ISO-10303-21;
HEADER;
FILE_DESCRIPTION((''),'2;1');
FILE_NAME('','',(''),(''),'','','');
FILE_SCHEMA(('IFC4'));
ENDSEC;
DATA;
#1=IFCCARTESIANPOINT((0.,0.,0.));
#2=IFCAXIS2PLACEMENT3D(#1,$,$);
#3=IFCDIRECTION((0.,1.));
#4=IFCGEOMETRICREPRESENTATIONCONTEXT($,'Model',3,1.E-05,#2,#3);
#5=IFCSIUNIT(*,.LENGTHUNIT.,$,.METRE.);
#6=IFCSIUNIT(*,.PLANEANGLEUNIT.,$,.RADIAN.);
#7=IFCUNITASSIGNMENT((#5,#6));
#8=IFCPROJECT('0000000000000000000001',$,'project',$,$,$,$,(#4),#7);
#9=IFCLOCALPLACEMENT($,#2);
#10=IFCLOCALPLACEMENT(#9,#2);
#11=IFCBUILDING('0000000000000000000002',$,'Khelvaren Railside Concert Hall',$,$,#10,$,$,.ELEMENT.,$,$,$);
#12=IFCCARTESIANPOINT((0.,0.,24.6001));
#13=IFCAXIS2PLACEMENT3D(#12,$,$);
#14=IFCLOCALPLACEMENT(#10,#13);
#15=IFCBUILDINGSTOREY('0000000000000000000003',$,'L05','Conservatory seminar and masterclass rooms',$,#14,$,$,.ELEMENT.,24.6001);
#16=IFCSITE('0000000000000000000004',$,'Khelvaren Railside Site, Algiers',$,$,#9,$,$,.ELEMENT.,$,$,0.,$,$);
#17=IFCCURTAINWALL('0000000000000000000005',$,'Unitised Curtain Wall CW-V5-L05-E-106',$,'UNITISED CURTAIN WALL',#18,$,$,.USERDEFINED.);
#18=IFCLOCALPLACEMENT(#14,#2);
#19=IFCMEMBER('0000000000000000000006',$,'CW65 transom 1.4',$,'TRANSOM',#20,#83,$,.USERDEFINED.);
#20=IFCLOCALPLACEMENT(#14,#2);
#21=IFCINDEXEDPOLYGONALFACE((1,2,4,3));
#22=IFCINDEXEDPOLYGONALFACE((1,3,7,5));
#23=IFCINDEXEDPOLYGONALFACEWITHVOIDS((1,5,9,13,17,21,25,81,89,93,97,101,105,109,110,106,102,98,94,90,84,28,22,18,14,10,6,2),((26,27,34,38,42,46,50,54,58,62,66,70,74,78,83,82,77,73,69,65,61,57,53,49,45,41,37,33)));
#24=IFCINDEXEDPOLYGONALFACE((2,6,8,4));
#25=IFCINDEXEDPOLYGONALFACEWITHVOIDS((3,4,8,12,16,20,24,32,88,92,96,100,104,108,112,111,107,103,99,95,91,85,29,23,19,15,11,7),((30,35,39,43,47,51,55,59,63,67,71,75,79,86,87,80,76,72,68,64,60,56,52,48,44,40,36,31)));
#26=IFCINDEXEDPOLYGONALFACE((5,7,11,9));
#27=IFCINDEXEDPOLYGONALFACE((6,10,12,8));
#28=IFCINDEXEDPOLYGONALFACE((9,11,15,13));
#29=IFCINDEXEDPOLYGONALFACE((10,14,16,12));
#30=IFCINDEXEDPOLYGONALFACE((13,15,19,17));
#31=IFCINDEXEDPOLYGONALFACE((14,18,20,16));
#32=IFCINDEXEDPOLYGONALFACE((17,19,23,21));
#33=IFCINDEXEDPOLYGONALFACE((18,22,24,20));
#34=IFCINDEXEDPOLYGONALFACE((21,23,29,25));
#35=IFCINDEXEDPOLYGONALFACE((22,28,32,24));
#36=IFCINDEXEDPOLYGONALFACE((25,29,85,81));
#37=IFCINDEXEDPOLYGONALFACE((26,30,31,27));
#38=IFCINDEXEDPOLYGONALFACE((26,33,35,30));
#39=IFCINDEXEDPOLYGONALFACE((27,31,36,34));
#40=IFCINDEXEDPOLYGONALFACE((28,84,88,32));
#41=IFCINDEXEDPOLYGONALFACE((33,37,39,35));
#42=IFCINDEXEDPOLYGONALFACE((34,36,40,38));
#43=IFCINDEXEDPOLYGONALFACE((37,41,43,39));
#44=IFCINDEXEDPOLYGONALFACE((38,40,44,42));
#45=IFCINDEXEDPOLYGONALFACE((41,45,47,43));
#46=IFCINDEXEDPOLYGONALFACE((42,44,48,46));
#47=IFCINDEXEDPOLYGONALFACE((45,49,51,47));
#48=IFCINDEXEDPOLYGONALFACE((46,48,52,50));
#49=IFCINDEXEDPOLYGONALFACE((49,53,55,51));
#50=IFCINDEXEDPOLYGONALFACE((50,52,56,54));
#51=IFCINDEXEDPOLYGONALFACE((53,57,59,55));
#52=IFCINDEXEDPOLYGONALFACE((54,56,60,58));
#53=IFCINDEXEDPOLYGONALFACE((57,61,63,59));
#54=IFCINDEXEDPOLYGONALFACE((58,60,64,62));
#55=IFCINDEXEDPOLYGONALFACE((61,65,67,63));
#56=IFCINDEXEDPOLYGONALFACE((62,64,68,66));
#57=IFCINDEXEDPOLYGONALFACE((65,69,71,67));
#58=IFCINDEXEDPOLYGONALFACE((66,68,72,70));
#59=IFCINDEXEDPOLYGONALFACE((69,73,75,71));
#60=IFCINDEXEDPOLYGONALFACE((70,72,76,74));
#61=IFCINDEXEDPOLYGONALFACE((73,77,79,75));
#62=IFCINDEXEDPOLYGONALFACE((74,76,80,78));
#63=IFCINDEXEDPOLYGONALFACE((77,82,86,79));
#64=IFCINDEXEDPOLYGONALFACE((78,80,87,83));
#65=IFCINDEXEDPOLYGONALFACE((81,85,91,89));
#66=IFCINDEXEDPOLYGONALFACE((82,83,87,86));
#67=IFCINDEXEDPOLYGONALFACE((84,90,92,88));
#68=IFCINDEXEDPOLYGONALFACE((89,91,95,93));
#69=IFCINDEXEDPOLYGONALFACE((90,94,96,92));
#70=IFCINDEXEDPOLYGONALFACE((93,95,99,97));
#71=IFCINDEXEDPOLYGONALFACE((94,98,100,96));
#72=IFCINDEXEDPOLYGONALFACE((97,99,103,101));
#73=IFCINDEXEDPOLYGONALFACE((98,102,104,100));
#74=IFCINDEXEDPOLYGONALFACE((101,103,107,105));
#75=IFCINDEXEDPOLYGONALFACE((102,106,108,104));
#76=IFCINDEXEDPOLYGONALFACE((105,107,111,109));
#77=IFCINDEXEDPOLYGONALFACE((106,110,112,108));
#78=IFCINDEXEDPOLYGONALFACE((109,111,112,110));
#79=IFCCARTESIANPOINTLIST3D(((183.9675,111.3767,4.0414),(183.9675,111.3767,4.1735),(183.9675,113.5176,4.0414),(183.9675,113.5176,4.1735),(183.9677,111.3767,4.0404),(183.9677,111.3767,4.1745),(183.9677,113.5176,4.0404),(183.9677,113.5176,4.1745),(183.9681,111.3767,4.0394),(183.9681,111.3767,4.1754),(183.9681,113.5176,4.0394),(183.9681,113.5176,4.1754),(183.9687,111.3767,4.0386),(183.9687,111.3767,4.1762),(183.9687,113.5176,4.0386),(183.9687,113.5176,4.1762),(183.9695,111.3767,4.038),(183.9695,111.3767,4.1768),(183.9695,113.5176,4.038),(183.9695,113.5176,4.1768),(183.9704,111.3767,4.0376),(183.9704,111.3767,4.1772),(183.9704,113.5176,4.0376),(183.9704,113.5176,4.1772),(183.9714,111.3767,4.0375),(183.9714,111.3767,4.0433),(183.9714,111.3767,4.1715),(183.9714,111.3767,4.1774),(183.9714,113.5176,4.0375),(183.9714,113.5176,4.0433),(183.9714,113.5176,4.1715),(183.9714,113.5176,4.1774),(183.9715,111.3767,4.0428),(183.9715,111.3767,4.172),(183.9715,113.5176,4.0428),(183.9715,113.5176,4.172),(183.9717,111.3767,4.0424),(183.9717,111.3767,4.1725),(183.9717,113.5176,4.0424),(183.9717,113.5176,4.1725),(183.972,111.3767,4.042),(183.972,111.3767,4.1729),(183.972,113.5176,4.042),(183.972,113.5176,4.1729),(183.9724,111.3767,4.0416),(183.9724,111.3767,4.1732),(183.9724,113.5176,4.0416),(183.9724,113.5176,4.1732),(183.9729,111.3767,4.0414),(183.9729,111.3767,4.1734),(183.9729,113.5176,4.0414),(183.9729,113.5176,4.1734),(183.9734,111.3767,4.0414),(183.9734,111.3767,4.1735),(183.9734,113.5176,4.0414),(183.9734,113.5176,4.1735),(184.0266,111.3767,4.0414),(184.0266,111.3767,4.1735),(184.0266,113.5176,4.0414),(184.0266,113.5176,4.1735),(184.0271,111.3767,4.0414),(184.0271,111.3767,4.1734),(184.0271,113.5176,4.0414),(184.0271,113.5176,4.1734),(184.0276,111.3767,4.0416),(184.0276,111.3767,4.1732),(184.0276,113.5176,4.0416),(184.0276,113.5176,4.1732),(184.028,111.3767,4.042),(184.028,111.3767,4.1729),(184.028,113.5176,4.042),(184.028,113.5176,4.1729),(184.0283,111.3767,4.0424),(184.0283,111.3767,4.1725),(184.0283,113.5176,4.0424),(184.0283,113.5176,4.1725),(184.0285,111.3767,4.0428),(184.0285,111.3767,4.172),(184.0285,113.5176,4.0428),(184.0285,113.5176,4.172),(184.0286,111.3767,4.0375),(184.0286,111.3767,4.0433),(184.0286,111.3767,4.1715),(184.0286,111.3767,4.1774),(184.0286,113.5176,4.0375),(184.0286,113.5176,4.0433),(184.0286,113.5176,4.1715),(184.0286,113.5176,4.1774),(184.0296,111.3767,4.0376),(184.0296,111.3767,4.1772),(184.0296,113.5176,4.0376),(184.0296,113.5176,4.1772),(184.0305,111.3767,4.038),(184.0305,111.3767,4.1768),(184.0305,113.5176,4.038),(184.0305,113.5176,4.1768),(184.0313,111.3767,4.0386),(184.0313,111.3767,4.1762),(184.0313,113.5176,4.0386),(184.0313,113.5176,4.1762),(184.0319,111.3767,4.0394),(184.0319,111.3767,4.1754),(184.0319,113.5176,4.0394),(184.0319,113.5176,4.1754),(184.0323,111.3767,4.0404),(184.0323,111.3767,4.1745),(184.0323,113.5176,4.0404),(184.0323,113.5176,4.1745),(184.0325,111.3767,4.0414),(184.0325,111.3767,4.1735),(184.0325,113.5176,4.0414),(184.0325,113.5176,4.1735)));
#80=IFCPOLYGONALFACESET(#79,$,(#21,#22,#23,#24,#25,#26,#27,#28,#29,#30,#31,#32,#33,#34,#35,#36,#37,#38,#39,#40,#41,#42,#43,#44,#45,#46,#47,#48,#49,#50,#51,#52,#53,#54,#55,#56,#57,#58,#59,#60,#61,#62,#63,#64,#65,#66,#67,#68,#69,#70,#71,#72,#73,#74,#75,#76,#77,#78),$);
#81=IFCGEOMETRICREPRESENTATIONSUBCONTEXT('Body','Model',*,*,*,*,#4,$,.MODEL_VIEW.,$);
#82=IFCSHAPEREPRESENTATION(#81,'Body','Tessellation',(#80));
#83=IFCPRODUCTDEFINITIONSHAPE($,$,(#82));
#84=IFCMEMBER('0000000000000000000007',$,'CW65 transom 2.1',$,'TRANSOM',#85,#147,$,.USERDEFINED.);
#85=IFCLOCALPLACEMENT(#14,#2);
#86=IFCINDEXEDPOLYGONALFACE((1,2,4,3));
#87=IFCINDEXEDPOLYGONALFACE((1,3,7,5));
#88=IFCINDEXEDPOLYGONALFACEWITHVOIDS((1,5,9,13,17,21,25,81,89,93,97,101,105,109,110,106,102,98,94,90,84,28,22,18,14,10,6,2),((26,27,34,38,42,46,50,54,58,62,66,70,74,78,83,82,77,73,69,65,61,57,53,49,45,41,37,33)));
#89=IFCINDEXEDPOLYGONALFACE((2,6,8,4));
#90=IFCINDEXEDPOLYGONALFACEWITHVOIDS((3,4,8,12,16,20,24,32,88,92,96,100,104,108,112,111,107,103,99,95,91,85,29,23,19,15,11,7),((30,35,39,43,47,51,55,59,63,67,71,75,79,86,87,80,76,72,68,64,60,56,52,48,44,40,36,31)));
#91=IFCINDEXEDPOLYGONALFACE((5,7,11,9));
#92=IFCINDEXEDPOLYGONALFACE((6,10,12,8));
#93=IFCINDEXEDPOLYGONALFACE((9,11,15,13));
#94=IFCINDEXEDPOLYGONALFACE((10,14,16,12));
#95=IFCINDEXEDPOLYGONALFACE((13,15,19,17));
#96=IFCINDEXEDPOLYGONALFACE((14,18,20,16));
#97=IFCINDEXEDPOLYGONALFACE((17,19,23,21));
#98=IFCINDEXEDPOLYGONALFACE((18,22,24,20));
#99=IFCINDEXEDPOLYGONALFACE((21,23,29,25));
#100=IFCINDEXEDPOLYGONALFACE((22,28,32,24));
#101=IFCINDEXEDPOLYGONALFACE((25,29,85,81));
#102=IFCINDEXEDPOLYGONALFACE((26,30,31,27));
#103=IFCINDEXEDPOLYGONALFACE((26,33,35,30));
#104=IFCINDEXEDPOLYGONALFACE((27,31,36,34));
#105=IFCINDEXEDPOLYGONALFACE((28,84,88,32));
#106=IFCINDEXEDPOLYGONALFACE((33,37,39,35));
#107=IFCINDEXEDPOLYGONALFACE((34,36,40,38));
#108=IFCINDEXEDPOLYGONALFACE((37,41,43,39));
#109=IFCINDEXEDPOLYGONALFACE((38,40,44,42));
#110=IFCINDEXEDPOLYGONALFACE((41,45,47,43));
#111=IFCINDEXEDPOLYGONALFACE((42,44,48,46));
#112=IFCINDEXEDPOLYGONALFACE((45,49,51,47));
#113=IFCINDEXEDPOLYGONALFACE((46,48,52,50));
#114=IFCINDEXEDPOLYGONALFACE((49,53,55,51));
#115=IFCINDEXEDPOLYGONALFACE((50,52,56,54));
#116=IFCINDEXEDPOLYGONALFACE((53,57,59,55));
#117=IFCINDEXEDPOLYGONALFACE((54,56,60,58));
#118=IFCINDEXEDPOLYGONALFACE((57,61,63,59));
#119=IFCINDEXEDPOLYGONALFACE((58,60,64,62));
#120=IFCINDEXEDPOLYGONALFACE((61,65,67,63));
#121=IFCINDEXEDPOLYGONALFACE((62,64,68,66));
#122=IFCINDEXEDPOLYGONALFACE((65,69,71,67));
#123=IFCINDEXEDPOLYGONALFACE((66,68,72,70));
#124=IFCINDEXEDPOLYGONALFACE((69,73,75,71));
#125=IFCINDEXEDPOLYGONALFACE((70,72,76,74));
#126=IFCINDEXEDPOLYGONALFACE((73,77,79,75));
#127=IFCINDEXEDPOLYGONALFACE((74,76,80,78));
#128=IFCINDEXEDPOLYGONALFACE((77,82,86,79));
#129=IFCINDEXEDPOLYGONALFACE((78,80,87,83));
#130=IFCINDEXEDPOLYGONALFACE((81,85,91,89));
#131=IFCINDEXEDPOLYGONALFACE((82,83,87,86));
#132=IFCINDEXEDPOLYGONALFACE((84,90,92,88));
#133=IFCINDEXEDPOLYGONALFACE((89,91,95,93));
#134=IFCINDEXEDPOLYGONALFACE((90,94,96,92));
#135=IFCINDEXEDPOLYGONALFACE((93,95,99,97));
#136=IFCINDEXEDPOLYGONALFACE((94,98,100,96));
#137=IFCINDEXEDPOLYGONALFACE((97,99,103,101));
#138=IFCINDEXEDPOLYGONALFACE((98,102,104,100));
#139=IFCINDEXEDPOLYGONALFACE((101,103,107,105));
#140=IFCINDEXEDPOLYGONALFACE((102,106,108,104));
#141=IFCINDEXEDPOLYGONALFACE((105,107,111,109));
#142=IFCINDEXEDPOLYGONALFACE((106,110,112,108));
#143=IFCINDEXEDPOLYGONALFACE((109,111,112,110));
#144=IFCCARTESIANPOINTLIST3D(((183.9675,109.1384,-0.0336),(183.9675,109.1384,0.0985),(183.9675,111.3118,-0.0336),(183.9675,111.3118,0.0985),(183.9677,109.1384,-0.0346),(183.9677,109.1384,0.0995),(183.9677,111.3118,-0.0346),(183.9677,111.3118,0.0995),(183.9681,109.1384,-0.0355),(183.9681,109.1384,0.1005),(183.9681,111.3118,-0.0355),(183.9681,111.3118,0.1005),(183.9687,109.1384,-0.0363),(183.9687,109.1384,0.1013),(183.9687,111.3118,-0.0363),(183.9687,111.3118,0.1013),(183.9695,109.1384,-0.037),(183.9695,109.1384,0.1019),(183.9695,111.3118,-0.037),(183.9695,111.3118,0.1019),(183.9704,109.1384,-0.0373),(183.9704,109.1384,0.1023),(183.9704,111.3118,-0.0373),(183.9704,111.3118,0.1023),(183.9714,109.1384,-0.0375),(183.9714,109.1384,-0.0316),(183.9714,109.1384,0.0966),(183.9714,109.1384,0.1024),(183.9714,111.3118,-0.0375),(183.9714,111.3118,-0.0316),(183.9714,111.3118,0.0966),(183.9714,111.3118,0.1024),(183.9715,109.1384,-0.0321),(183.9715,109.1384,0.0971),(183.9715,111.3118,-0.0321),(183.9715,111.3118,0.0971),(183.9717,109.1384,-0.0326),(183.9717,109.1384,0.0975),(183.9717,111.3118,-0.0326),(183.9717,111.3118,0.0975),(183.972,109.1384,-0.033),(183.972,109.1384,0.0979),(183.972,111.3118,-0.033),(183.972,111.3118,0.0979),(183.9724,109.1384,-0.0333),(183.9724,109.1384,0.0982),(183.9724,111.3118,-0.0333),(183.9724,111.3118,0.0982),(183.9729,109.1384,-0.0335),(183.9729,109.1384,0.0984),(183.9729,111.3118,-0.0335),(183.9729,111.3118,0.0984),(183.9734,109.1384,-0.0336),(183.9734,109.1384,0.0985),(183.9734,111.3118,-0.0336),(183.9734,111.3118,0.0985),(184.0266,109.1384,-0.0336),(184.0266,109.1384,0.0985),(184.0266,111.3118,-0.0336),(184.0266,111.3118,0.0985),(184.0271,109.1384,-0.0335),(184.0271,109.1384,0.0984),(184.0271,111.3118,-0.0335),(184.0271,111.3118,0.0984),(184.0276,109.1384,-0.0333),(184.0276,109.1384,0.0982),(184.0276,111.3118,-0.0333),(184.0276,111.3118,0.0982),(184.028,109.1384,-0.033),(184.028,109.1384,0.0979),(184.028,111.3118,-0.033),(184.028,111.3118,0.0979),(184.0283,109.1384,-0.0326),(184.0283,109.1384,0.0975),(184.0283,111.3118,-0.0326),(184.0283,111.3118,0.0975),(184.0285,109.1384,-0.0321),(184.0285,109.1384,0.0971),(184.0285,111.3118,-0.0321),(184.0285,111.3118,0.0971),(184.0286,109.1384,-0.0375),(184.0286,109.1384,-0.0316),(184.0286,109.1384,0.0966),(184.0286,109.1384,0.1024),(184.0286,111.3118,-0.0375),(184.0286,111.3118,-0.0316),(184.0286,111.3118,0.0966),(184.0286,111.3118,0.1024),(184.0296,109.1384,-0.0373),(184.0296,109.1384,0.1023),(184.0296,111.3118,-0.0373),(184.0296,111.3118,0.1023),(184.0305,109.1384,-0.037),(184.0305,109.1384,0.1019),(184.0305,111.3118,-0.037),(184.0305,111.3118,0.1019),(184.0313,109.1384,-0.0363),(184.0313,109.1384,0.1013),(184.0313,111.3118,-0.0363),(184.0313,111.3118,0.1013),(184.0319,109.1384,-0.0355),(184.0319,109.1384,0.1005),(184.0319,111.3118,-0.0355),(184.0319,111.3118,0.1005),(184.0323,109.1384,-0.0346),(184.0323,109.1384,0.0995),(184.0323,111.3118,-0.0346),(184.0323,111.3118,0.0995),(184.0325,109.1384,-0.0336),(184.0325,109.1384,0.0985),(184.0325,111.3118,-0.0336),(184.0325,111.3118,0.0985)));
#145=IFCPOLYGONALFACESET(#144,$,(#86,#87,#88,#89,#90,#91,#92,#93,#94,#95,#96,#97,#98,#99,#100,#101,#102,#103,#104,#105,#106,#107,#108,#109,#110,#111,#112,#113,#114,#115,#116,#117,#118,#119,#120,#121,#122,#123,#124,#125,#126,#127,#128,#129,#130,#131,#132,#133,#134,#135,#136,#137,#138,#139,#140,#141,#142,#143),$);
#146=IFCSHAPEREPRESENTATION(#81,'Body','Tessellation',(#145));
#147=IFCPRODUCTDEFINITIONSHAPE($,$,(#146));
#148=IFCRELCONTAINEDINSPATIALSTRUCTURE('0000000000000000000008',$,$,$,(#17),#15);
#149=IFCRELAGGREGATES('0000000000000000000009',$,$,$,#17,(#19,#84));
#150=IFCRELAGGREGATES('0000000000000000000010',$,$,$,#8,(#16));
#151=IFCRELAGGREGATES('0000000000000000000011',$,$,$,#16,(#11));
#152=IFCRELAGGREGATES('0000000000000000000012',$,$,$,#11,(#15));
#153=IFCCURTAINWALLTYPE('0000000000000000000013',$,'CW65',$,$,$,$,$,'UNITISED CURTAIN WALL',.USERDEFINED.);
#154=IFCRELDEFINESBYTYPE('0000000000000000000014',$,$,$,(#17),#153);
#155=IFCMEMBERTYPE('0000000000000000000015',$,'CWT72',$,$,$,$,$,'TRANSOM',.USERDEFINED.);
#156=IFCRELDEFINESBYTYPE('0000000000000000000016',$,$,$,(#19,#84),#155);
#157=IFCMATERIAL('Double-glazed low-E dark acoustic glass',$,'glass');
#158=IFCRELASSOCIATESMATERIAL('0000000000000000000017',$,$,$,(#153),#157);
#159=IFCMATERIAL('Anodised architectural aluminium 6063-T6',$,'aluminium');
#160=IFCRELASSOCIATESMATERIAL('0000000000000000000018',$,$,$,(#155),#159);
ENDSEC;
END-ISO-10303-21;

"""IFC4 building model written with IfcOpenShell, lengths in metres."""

from ifc_helpers import new_model, si_unit, direction, frame, origin, origin_2d, place, context, subcontext, project, spatial, hollow_rectangle, extrude, material, material_profile, profile_set, type_object, element, aggregate, save


model = new_model("IFC4")

# Units and contexts
model_context = context("Model", 3, precision=1e-05, world=origin(), true_north=direction((0.0, 1.0)))
body_context = subcontext(model_context, "Body", "Model", "MODEL_VIEW")
ifc_project = project(units=[si_unit("LENGTHUNIT", "METRE"), si_unit("PLANEANGLEUNIT", "RADIAN")], contexts=[model_context])

# Site, building, storey
site_placement = place(None, origin())
site = spatial("IfcSite", under=ifc_project, at=site_placement, Name="Khelvaren Railside Site, Algiers", CompositionType="ELEMENT", RefElevation=0.0)
building_placement = place(site_placement, origin())
building = spatial("IfcBuilding", under=site, at=building_placement, Name="Khelvaren Railside Concert Hall", CompositionType="ELEMENT")
storey_placement = place(building_placement, frame((0.0, 0.0, 24.6001)))
storey = spatial("IfcBuildingStorey", under=building, at=storey_placement, Name="L05", Description="Conservatory seminar and masterclass rooms", CompositionType="ELEMENT", Elevation=24.6001)

# Curtain wall, members
ifc_material_1 = material(Name="Double-glazed low-E dark acoustic glass", Category="glass")
curtain_wall_type = type_object("IfcCurtainWallType", Name="CW65", ElementType="UNITISED CURTAIN WALL", PredefinedType="USERDEFINED", material=ifc_material_1)
curtain_wall_placement = place(storey_placement, origin())
curtain_wall = element("IfcCurtainWall", 1, at=curtain_wall_placement, inside=storey, type_object=curtain_wall_type, Name="Unitised Curtain Wall CW-V5-L05-E-106", ObjectType="UNITISED CURTAIN WALL", PredefinedType="USERDEFINED")
ifc_material_2 = material(Name="Anodised architectural aluminium 6063-T6", Category="aluminium")
ifc_material_profile_1 = material_profile(ifc_material_2, hollow_rectangle(XDim=0.0649, YDim=0.1399, WallThickness=0.0039, InnerFilletRadius=0.002, OuterFilletRadius=0.0039, at=origin_2d()), Name="CWT 65x140x4")
ifc_profile_set_1 = profile_set([ifc_material_profile_1], Name="Anodised architectural aluminium 6063-T6")
member_type_1 = type_object("IfcMemberType", Name="CWT72", ElementType="TRANSOM", PredefinedType="USERDEFINED", material=ifc_profile_set_1)
member_1_placement = place(storey_placement, frame((184.0, 113.5176, 4.1074), z_axis=(0.0, -1.0, 0.0), x_axis=(1.0, 0.0, 0.0)))
member_1 = element("IfcMember", 2, at=member_1_placement, type_object=member_type_1, Name="CW65 transom 1.4", ObjectType="TRANSOM", PredefinedType="USERDEFINED", context=body_context, shape_type="SweptSolid", body=[
    extrude(hollow_rectangle(XDim=0.0649, YDim=0.1399, WallThickness=0.0039, InnerFilletRadius=0.002, OuterFilletRadius=0.0039, at=origin_2d()), origin(), (0.0, 0.0, 1.0), 2.1409),
])
member_2_placement = place(storey_placement, frame((184.0, 111.3118, 0.0325), z_axis=(0.0, -1.0, 0.0), x_axis=(1.0, 0.0, 0.0)))
member_2 = element("IfcMember", 3, at=member_2_placement, type_object=member_type_1, Name="CW65 transom 2.1", ObjectType="TRANSOM", PredefinedType="USERDEFINED", context=body_context, shape_type="SweptSolid", body=[
    extrude(hollow_rectangle(XDim=0.0649, YDim=0.1399, WallThickness=0.0039, InnerFilletRadius=0.002, OuterFilletRadius=0.0039, at=origin_2d()), origin(), (0.0, 0.0, 1.0), 2.1733),
])
aggregate(curtain_wall, [member_1, member_2])

save(model, "model.ifc")
